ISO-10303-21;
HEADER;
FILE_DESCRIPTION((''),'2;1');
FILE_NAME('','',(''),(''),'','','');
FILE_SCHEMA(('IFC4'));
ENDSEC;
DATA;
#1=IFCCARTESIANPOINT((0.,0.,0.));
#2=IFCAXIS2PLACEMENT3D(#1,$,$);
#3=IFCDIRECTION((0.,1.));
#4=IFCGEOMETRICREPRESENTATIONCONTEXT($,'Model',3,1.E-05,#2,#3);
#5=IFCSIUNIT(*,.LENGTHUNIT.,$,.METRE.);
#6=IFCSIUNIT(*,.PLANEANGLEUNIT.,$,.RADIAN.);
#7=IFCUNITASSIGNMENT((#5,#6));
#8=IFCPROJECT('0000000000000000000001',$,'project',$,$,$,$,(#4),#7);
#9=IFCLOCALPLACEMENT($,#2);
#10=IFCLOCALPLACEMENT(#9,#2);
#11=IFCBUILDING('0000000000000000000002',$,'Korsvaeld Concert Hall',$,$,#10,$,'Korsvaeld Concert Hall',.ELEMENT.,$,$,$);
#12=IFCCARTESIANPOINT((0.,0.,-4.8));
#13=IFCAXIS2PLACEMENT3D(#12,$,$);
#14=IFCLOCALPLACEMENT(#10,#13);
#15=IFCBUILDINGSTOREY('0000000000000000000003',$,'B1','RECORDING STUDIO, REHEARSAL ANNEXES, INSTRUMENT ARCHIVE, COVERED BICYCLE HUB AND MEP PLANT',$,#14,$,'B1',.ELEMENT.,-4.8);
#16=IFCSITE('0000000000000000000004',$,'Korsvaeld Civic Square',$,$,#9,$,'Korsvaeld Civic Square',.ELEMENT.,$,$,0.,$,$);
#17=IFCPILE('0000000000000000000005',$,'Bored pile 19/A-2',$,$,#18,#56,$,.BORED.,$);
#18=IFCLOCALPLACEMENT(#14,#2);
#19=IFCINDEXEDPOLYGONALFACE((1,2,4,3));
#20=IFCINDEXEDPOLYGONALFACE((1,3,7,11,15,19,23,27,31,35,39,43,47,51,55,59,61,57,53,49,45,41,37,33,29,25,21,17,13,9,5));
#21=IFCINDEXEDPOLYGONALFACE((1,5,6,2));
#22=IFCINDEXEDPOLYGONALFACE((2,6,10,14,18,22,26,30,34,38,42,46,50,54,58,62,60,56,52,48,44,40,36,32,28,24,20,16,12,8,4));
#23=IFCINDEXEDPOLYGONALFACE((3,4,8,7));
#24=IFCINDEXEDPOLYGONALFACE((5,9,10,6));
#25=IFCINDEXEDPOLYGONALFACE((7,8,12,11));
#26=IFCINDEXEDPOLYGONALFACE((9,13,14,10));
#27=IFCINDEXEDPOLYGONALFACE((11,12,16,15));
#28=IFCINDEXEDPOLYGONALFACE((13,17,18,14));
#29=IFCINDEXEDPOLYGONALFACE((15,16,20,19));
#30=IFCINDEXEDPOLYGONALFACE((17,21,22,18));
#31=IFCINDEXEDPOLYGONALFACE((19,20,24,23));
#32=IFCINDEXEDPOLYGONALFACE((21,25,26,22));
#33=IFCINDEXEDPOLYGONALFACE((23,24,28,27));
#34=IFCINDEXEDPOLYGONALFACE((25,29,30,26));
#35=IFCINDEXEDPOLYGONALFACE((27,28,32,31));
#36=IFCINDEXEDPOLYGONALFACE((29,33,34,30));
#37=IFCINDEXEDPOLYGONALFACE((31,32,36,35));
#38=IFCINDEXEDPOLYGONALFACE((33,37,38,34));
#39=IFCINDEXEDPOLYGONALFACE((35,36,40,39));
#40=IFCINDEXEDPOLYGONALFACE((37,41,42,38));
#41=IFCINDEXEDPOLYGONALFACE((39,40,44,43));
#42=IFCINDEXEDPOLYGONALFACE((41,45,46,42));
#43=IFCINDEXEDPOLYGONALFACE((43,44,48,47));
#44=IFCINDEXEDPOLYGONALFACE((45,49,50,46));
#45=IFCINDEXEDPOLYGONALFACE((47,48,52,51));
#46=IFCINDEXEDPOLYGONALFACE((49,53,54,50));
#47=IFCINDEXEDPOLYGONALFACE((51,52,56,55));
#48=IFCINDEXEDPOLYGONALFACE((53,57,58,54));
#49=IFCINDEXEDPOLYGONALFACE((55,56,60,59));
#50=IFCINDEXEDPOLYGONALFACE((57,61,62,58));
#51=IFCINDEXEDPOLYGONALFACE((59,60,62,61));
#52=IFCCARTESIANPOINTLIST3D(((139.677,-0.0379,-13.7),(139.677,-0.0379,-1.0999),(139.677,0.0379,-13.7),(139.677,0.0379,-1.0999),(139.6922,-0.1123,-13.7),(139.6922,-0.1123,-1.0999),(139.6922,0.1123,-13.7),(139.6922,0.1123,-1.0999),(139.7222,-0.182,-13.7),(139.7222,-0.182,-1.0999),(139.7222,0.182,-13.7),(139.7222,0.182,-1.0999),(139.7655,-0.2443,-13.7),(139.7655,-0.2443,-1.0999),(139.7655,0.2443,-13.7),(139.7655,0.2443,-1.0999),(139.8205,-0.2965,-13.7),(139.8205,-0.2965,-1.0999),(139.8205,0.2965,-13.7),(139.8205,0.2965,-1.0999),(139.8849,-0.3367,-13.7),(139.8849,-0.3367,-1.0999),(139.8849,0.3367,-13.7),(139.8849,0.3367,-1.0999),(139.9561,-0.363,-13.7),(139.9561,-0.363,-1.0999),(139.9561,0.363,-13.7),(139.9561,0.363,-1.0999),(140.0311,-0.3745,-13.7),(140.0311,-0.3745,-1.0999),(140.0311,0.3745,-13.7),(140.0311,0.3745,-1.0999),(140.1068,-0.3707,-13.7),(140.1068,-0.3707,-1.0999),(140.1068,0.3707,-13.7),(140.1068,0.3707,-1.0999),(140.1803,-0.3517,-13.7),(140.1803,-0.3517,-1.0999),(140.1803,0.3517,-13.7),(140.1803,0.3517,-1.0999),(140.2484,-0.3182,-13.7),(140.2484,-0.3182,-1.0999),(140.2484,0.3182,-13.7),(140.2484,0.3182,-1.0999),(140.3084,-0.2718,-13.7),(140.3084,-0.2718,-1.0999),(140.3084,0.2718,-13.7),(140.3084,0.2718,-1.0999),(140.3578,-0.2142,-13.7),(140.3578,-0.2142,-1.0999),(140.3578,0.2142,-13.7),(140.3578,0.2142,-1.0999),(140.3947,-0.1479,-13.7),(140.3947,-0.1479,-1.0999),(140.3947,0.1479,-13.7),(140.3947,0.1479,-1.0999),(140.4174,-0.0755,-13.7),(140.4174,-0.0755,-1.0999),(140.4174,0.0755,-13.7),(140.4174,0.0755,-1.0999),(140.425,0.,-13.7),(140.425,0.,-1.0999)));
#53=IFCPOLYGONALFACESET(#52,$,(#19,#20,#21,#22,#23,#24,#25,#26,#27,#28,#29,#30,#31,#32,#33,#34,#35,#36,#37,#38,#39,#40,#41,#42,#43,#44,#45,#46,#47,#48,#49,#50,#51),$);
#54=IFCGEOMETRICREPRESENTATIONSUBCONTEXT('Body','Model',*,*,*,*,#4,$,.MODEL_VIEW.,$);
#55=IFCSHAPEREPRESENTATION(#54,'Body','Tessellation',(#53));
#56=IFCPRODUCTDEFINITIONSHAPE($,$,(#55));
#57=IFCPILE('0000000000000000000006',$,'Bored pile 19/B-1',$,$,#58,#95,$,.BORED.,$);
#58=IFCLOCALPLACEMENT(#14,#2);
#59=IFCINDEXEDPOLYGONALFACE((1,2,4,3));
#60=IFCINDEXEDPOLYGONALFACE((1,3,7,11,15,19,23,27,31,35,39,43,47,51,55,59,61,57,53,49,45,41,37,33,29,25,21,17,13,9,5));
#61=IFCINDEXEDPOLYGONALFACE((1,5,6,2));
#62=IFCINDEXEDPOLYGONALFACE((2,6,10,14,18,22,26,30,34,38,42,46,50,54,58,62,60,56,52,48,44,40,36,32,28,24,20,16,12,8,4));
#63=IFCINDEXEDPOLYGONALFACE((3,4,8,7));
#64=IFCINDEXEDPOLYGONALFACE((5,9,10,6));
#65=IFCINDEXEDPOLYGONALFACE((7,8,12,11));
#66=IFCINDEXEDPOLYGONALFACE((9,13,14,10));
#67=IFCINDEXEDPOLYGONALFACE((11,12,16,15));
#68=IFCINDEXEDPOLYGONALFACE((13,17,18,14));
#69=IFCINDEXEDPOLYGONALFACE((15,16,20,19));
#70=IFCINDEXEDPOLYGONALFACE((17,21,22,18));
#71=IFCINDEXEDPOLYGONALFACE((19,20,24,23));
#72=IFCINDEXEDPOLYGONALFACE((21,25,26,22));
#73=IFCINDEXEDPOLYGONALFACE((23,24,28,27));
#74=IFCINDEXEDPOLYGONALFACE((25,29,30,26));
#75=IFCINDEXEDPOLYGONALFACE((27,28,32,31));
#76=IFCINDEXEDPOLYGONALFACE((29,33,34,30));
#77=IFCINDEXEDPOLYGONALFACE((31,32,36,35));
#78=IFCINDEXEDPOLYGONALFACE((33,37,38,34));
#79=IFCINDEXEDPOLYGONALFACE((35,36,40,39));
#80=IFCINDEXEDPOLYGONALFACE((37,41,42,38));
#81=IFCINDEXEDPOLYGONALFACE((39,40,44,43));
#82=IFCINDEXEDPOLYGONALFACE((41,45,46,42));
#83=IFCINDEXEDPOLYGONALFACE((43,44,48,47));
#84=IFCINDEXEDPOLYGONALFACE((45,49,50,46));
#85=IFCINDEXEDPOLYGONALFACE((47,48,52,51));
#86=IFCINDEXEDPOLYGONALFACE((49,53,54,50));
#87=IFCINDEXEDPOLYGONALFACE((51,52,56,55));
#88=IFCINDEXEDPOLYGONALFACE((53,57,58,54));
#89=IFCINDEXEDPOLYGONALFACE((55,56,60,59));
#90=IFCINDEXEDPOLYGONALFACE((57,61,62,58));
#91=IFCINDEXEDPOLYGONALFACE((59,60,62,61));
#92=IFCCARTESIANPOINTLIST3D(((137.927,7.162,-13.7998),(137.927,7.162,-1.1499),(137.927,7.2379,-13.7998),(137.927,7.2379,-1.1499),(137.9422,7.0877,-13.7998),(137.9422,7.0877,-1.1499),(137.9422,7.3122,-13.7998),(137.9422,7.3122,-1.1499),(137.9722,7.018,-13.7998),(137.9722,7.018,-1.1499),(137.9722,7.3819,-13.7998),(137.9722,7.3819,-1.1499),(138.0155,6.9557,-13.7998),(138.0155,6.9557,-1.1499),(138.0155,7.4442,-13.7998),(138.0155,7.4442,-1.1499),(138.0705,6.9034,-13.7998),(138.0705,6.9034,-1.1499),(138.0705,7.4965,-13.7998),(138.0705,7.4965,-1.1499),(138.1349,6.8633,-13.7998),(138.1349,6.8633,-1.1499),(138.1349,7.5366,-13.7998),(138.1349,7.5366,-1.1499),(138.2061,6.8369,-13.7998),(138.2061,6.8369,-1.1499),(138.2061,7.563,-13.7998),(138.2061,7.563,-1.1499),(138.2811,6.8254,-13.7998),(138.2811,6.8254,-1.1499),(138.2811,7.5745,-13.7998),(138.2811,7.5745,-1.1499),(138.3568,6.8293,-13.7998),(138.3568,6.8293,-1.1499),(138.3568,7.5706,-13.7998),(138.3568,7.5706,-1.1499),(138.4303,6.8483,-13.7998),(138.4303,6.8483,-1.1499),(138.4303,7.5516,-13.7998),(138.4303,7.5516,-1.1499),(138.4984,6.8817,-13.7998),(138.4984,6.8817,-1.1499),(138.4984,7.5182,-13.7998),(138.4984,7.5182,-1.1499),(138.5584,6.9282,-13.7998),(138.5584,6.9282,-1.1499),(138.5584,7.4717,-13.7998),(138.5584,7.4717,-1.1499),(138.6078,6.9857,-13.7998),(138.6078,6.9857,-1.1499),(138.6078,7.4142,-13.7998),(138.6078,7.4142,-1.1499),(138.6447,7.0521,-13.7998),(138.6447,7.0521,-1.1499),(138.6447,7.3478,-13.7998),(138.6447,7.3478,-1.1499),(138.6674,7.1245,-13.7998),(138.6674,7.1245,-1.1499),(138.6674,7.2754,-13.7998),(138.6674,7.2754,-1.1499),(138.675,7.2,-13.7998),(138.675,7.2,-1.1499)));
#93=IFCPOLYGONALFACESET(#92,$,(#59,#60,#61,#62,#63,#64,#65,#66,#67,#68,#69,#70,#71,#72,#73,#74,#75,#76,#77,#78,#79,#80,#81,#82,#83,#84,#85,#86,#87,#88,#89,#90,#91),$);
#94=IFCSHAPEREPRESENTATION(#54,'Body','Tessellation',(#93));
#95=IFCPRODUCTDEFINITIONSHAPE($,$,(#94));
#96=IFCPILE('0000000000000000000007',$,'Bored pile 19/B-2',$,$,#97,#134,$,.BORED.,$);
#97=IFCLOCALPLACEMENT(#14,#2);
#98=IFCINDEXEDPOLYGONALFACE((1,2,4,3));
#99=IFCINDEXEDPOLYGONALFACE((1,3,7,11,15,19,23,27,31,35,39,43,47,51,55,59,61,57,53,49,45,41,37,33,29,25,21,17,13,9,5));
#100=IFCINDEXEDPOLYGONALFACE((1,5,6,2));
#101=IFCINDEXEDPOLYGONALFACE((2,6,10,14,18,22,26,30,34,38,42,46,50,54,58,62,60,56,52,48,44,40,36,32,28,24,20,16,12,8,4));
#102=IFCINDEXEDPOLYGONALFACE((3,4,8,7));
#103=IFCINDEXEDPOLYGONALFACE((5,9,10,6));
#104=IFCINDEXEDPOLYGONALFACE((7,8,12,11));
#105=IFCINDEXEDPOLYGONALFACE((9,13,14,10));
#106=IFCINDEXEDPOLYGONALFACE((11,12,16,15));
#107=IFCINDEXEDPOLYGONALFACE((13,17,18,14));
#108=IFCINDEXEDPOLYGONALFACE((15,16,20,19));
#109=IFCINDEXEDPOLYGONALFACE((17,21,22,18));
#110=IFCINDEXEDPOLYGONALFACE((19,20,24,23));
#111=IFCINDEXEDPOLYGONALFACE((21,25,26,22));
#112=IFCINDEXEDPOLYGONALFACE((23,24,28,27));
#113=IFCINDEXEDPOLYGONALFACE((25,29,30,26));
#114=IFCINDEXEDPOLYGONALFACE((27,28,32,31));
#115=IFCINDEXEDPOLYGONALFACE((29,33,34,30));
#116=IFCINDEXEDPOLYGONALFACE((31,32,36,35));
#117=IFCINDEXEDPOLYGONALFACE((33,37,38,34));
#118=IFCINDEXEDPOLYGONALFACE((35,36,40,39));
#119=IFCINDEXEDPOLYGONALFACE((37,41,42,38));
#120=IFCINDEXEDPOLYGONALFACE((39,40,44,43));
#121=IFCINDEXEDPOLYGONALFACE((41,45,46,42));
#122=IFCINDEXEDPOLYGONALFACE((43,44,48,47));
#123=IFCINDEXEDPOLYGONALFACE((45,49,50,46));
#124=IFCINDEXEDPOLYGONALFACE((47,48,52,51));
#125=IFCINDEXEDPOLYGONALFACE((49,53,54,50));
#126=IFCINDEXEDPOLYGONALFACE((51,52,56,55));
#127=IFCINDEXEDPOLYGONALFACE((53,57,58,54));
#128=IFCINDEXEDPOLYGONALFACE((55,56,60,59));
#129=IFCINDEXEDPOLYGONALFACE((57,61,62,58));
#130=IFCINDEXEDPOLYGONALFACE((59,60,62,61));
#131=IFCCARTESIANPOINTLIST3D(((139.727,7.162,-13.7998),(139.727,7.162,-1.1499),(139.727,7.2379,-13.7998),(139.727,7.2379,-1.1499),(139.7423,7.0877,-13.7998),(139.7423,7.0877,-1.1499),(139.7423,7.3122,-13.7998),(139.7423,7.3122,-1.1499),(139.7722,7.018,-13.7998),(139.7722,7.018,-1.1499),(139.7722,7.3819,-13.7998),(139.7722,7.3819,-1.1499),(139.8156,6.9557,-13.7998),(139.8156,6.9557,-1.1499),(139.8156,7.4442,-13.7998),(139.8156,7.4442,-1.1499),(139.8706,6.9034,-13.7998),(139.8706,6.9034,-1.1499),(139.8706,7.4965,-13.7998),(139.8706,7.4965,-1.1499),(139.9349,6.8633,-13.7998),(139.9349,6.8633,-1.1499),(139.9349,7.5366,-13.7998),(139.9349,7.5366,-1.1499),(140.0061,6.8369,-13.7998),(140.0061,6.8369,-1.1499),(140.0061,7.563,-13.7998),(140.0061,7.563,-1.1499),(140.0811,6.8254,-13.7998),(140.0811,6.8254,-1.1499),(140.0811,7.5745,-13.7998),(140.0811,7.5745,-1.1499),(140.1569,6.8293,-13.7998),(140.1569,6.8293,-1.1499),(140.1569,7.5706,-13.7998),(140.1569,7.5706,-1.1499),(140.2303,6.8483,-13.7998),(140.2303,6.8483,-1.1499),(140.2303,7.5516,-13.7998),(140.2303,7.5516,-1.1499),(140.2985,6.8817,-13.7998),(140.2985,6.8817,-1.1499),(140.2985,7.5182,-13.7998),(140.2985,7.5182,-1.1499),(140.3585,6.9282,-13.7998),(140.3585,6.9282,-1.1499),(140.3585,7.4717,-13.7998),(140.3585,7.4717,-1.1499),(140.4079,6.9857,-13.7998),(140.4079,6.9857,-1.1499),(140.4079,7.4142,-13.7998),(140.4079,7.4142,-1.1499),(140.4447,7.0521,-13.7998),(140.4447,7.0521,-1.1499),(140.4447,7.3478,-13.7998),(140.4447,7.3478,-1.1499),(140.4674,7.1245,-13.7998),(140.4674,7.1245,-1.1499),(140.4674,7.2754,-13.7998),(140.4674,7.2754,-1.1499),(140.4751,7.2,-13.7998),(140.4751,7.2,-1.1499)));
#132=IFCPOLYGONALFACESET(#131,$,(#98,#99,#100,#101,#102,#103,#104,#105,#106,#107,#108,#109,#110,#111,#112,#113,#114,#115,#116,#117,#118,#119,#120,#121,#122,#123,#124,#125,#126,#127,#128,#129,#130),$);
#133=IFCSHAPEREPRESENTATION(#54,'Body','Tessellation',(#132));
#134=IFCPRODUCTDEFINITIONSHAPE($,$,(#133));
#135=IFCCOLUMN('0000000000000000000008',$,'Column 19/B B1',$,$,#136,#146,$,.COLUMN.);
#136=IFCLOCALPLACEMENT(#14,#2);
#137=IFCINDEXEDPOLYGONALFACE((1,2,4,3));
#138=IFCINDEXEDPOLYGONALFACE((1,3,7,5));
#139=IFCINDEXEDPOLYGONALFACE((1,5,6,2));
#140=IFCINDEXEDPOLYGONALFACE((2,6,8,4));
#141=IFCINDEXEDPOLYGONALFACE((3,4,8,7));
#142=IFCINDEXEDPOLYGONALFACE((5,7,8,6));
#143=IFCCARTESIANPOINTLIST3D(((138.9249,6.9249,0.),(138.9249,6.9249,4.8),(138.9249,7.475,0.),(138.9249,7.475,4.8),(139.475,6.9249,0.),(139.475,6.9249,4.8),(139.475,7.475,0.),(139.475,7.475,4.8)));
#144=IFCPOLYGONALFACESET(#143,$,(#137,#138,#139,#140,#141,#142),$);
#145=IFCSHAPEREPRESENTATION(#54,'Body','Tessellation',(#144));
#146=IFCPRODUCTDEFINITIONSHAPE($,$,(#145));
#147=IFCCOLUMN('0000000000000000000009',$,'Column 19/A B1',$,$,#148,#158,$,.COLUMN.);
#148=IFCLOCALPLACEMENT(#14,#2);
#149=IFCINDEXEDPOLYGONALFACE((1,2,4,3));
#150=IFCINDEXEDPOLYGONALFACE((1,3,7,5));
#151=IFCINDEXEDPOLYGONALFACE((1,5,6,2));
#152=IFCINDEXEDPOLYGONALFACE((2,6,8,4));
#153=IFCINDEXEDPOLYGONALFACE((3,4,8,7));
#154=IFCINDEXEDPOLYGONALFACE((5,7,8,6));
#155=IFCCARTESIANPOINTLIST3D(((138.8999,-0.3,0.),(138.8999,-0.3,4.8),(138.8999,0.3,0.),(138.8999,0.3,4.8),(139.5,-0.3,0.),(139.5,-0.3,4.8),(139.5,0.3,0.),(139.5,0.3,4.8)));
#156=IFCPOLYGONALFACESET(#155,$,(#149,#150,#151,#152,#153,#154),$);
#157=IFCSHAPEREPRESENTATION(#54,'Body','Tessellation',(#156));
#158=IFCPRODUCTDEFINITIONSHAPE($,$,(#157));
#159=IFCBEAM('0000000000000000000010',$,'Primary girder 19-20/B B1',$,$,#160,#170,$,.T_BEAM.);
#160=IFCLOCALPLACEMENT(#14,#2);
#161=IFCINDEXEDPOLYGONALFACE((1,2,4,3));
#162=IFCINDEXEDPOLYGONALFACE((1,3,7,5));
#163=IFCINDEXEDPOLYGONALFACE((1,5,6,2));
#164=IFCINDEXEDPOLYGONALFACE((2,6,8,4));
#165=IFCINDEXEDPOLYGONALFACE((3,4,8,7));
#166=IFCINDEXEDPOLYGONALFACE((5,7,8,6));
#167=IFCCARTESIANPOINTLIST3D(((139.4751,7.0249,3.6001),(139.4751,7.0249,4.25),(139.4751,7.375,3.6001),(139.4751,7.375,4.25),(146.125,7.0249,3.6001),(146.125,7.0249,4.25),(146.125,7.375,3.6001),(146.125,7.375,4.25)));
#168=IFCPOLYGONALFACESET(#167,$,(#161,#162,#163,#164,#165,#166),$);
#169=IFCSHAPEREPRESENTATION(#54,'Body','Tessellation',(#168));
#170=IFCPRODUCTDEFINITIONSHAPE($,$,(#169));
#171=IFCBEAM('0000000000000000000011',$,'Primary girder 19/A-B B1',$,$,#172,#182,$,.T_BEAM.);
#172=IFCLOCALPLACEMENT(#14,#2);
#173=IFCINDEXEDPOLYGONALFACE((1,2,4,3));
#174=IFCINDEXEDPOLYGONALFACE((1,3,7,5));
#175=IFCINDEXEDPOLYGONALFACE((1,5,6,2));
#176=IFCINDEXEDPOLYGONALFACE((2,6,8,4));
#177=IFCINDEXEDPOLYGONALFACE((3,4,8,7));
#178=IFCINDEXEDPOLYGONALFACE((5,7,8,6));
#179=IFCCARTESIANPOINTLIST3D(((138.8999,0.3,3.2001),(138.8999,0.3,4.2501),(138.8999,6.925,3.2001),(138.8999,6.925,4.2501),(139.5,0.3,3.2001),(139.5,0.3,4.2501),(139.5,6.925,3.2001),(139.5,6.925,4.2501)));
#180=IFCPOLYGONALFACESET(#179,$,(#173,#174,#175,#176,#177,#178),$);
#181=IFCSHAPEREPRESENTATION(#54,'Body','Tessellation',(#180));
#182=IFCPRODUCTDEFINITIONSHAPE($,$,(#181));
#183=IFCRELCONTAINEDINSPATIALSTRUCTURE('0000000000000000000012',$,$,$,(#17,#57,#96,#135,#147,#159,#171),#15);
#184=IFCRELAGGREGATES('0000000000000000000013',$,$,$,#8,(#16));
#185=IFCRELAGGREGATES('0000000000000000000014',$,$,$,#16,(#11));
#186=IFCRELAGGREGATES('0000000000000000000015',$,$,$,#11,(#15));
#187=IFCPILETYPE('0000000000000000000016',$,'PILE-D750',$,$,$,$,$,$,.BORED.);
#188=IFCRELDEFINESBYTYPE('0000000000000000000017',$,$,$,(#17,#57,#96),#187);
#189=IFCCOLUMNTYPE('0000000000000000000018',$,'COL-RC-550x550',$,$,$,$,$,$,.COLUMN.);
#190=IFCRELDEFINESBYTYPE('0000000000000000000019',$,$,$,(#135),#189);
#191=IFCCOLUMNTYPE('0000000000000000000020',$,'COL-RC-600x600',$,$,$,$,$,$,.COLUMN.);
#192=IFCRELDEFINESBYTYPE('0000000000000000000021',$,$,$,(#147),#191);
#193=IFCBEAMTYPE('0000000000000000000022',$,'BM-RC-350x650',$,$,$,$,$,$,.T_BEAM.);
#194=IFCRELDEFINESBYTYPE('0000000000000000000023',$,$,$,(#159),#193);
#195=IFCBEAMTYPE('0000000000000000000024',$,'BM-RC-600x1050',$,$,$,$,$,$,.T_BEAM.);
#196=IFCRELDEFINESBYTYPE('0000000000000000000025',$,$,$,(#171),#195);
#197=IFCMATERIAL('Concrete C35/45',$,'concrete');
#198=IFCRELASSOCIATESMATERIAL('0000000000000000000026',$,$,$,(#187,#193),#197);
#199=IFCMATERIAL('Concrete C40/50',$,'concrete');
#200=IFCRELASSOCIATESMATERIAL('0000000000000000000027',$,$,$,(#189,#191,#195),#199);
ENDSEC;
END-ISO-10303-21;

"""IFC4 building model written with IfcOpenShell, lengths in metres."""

from ifc_helpers import new_model, si_unit, direction, frame, origin, origin_2d, place, context, subcontext, project, spatial, rectangle, circle, extrude, material, material_profile, profile_set, type_object, element, save


model = new_model("IFC4")

# Units and contexts
model_context = context("Model", 3, precision=1e-05, world=origin(), true_north=direction((0.0, 1.0)))
body_context = subcontext(model_context, "Body", "Model", "MODEL_VIEW")
ifc_project = project(units=[si_unit("LENGTHUNIT", "METRE"), si_unit("PLANEANGLEUNIT", "RADIAN")], contexts=[model_context])

# Site, building, storey
site_placement = place(None, origin())
site = spatial("IfcSite", under=ifc_project, at=site_placement, Name="Korsvaeld Civic Square", LongName="Korsvaeld Civic Square", CompositionType="ELEMENT", RefElevation=0.0)
building_placement = place(site_placement, origin())
building = spatial("IfcBuilding", under=site, at=building_placement, Name="Korsvaeld Concert Hall", LongName="Korsvaeld Concert Hall", CompositionType="ELEMENT")
storey_placement = place(building_placement, frame((0.0, 0.0, -4.8)))
storey = spatial("IfcBuildingStorey", under=building, at=storey_placement, Name="B1", Description="RECORDING STUDIO, REHEARSAL ANNEXES, INSTRUMENT ARCHIVE, COVERED BICYCLE HUB AND MEP PLANT", LongName="B1", CompositionType="ELEMENT", Elevation=-4.8)

# Shared definitions
ifc_material_1 = material(Name="Concrete C35/45", Category="concrete")

# Piles
ifc_material_profile_1 = material_profile(ifc_material_1, circle(Radius=0.375, at=origin_2d()), Name="BORED PILE D750")
ifc_profile_set_1 = profile_set([ifc_material_profile_1], Name="Concrete C35/45")
pile_type_1 = type_object("IfcPileType", Name="PILE-D750", PredefinedType="BORED", material=ifc_profile_set_1)
for number, where, z_axis, x_axis, name in (
    (1, (140.05, 0.0, -1.0999), (0.0, 0.0, -1.0), (1.0, 0.0, 0.0), "Bored pile 19/A-2"),
):
    element("IfcPile", number, at=place(storey_placement, frame(where, z_axis=z_axis, x_axis=x_axis)), inside=storey, type_object=pile_type_1, Name=name, PredefinedType="BORED", context=body_context, shape_type="SweptSolid", body=[
        extrude(circle(Radius=0.375, at=origin_2d()), origin(), (0.0, 0.0, 1.0), 12.6001),
    ])
for number, where, z_axis, x_axis, name in (
    (2, (138.3, 7.2, -1.1499), (0.0, 0.0, -1.0), (1.0, 0.0, 0.0), "Bored pile 19/B-1"),
    (3, (140.1001, 7.2, -1.1499), (0.0, 0.0, -1.0), (1.0, 0.0, 0.0), "Bored pile 19/B-2"),
):
    element("IfcPile", number, at=place(storey_placement, frame(where, z_axis=z_axis, x_axis=x_axis)), inside=storey, type_object=pile_type_1, Name=name, PredefinedType="BORED", context=body_context, shape_type="SweptSolid", body=[
        extrude(circle(Radius=0.375, at=origin_2d()), origin(), (0.0, 0.0, 1.0), 12.6499),
    ])

# Columns
ifc_material_2 = material(Name="Concrete C40/50", Category="concrete")
ifc_material_profile_2 = material_profile(ifc_material_2, rectangle(XDim=0.55, YDim=0.55, at=origin_2d()), Name="RC 550x550")
ifc_profile_set_2 = profile_set([ifc_material_profile_2], Name="Concrete C40/50")
column_type_1 = type_object("IfcColumnType", Name="COL-RC-550x550", PredefinedType="COLUMN", material=ifc_profile_set_2)
column_1_placement = place(storey_placement, frame((139.2, 7.2, 0.0), z_axis=(0.0, 0.0, 1.0), x_axis=(1.0, 0.0, 0.0)))
element("IfcColumn", 4, at=column_1_placement, inside=storey, type_object=column_type_1, Name="Column 19/B B1", PredefinedType="COLUMN", context=body_context, shape_type="SweptSolid", body=[
    extrude(rectangle(XDim=0.55, YDim=0.55, at=origin_2d()), origin(), (0.0, 0.0, 1.0), 4.8),
])
ifc_material_profile_3 = material_profile(ifc_material_2, rectangle(XDim=0.6001, YDim=0.6001, at=origin_2d()), Name="RC 600x600")
ifc_profile_set_3 = profile_set([ifc_material_profile_3], Name="Concrete C40/50")
column_type_2 = type_object("IfcColumnType", Name="COL-RC-600x600", PredefinedType="COLUMN", material=ifc_profile_set_3)
column_2_placement = place(storey_placement, frame((139.2, 0.0, 0.0), z_axis=(0.0, 0.0, 1.0), x_axis=(1.0, 0.0, 0.0)))
element("IfcColumn", 5, at=column_2_placement, inside=storey, type_object=column_type_2, Name="Column 19/A B1", PredefinedType="COLUMN", context=body_context, shape_type="SweptSolid", body=[
    extrude(rectangle(XDim=0.6001, YDim=0.6001, at=origin_2d()), origin(), (0.0, 0.0, 1.0), 4.8),
])

# Beams
ifc_material_profile_4 = material_profile(ifc_material_1, rectangle(XDim=0.3501, YDim=0.6499, at=origin_2d()), Name="RC 350x650")
ifc_profile_set_4 = profile_set([ifc_material_profile_4], Name="Concrete C35/45")
beam_type_1 = type_object("IfcBeamType", Name="BM-RC-350x650", PredefinedType="T_BEAM", material=ifc_profile_set_4)
beam_1_placement = place(storey_placement, frame((139.4751, 7.2, 3.925), z_axis=(1.0, 0.0, 0.0), x_axis=(0.0, 1.0, 0.0)))
element("IfcBeam", 6, at=beam_1_placement, inside=storey, type_object=beam_type_1, Name="Primary girder 19-20/B B1", PredefinedType="T_BEAM", context=body_context, shape_type="SweptSolid", body=[
    extrude(rectangle(XDim=0.3501, YDim=0.6499, at=origin_2d()), origin(), (0.0, 0.0, 1.0), 6.6499),
])
ifc_material_profile_5 = material_profile(ifc_material_2, rectangle(XDim=0.6001, YDim=1.05, at=origin_2d()), Name="RC 600x1050")
ifc_profile_set_5 = profile_set([ifc_material_profile_5], Name="Concrete C40/50")
beam_type_2 = type_object("IfcBeamType", Name="BM-RC-600x1050", PredefinedType="T_BEAM", material=ifc_profile_set_5)
beam_2_placement = place(storey_placement, frame((139.2, 0.3, 3.7251), z_axis=(0.0, 1.0, 0.0), x_axis=(-1.0, 0.0, 0.0)))
element("IfcBeam", 7, at=beam_2_placement, inside=storey, type_object=beam_type_2, Name="Primary girder 19/A-B B1", PredefinedType="T_BEAM", context=body_context, shape_type="SweptSolid", body=[
    extrude(rectangle(XDim=0.6001, YDim=1.05, at=origin_2d()), origin(), (0.0, 0.0, 1.0), 6.625),
])

save(model, "model.ifc")
